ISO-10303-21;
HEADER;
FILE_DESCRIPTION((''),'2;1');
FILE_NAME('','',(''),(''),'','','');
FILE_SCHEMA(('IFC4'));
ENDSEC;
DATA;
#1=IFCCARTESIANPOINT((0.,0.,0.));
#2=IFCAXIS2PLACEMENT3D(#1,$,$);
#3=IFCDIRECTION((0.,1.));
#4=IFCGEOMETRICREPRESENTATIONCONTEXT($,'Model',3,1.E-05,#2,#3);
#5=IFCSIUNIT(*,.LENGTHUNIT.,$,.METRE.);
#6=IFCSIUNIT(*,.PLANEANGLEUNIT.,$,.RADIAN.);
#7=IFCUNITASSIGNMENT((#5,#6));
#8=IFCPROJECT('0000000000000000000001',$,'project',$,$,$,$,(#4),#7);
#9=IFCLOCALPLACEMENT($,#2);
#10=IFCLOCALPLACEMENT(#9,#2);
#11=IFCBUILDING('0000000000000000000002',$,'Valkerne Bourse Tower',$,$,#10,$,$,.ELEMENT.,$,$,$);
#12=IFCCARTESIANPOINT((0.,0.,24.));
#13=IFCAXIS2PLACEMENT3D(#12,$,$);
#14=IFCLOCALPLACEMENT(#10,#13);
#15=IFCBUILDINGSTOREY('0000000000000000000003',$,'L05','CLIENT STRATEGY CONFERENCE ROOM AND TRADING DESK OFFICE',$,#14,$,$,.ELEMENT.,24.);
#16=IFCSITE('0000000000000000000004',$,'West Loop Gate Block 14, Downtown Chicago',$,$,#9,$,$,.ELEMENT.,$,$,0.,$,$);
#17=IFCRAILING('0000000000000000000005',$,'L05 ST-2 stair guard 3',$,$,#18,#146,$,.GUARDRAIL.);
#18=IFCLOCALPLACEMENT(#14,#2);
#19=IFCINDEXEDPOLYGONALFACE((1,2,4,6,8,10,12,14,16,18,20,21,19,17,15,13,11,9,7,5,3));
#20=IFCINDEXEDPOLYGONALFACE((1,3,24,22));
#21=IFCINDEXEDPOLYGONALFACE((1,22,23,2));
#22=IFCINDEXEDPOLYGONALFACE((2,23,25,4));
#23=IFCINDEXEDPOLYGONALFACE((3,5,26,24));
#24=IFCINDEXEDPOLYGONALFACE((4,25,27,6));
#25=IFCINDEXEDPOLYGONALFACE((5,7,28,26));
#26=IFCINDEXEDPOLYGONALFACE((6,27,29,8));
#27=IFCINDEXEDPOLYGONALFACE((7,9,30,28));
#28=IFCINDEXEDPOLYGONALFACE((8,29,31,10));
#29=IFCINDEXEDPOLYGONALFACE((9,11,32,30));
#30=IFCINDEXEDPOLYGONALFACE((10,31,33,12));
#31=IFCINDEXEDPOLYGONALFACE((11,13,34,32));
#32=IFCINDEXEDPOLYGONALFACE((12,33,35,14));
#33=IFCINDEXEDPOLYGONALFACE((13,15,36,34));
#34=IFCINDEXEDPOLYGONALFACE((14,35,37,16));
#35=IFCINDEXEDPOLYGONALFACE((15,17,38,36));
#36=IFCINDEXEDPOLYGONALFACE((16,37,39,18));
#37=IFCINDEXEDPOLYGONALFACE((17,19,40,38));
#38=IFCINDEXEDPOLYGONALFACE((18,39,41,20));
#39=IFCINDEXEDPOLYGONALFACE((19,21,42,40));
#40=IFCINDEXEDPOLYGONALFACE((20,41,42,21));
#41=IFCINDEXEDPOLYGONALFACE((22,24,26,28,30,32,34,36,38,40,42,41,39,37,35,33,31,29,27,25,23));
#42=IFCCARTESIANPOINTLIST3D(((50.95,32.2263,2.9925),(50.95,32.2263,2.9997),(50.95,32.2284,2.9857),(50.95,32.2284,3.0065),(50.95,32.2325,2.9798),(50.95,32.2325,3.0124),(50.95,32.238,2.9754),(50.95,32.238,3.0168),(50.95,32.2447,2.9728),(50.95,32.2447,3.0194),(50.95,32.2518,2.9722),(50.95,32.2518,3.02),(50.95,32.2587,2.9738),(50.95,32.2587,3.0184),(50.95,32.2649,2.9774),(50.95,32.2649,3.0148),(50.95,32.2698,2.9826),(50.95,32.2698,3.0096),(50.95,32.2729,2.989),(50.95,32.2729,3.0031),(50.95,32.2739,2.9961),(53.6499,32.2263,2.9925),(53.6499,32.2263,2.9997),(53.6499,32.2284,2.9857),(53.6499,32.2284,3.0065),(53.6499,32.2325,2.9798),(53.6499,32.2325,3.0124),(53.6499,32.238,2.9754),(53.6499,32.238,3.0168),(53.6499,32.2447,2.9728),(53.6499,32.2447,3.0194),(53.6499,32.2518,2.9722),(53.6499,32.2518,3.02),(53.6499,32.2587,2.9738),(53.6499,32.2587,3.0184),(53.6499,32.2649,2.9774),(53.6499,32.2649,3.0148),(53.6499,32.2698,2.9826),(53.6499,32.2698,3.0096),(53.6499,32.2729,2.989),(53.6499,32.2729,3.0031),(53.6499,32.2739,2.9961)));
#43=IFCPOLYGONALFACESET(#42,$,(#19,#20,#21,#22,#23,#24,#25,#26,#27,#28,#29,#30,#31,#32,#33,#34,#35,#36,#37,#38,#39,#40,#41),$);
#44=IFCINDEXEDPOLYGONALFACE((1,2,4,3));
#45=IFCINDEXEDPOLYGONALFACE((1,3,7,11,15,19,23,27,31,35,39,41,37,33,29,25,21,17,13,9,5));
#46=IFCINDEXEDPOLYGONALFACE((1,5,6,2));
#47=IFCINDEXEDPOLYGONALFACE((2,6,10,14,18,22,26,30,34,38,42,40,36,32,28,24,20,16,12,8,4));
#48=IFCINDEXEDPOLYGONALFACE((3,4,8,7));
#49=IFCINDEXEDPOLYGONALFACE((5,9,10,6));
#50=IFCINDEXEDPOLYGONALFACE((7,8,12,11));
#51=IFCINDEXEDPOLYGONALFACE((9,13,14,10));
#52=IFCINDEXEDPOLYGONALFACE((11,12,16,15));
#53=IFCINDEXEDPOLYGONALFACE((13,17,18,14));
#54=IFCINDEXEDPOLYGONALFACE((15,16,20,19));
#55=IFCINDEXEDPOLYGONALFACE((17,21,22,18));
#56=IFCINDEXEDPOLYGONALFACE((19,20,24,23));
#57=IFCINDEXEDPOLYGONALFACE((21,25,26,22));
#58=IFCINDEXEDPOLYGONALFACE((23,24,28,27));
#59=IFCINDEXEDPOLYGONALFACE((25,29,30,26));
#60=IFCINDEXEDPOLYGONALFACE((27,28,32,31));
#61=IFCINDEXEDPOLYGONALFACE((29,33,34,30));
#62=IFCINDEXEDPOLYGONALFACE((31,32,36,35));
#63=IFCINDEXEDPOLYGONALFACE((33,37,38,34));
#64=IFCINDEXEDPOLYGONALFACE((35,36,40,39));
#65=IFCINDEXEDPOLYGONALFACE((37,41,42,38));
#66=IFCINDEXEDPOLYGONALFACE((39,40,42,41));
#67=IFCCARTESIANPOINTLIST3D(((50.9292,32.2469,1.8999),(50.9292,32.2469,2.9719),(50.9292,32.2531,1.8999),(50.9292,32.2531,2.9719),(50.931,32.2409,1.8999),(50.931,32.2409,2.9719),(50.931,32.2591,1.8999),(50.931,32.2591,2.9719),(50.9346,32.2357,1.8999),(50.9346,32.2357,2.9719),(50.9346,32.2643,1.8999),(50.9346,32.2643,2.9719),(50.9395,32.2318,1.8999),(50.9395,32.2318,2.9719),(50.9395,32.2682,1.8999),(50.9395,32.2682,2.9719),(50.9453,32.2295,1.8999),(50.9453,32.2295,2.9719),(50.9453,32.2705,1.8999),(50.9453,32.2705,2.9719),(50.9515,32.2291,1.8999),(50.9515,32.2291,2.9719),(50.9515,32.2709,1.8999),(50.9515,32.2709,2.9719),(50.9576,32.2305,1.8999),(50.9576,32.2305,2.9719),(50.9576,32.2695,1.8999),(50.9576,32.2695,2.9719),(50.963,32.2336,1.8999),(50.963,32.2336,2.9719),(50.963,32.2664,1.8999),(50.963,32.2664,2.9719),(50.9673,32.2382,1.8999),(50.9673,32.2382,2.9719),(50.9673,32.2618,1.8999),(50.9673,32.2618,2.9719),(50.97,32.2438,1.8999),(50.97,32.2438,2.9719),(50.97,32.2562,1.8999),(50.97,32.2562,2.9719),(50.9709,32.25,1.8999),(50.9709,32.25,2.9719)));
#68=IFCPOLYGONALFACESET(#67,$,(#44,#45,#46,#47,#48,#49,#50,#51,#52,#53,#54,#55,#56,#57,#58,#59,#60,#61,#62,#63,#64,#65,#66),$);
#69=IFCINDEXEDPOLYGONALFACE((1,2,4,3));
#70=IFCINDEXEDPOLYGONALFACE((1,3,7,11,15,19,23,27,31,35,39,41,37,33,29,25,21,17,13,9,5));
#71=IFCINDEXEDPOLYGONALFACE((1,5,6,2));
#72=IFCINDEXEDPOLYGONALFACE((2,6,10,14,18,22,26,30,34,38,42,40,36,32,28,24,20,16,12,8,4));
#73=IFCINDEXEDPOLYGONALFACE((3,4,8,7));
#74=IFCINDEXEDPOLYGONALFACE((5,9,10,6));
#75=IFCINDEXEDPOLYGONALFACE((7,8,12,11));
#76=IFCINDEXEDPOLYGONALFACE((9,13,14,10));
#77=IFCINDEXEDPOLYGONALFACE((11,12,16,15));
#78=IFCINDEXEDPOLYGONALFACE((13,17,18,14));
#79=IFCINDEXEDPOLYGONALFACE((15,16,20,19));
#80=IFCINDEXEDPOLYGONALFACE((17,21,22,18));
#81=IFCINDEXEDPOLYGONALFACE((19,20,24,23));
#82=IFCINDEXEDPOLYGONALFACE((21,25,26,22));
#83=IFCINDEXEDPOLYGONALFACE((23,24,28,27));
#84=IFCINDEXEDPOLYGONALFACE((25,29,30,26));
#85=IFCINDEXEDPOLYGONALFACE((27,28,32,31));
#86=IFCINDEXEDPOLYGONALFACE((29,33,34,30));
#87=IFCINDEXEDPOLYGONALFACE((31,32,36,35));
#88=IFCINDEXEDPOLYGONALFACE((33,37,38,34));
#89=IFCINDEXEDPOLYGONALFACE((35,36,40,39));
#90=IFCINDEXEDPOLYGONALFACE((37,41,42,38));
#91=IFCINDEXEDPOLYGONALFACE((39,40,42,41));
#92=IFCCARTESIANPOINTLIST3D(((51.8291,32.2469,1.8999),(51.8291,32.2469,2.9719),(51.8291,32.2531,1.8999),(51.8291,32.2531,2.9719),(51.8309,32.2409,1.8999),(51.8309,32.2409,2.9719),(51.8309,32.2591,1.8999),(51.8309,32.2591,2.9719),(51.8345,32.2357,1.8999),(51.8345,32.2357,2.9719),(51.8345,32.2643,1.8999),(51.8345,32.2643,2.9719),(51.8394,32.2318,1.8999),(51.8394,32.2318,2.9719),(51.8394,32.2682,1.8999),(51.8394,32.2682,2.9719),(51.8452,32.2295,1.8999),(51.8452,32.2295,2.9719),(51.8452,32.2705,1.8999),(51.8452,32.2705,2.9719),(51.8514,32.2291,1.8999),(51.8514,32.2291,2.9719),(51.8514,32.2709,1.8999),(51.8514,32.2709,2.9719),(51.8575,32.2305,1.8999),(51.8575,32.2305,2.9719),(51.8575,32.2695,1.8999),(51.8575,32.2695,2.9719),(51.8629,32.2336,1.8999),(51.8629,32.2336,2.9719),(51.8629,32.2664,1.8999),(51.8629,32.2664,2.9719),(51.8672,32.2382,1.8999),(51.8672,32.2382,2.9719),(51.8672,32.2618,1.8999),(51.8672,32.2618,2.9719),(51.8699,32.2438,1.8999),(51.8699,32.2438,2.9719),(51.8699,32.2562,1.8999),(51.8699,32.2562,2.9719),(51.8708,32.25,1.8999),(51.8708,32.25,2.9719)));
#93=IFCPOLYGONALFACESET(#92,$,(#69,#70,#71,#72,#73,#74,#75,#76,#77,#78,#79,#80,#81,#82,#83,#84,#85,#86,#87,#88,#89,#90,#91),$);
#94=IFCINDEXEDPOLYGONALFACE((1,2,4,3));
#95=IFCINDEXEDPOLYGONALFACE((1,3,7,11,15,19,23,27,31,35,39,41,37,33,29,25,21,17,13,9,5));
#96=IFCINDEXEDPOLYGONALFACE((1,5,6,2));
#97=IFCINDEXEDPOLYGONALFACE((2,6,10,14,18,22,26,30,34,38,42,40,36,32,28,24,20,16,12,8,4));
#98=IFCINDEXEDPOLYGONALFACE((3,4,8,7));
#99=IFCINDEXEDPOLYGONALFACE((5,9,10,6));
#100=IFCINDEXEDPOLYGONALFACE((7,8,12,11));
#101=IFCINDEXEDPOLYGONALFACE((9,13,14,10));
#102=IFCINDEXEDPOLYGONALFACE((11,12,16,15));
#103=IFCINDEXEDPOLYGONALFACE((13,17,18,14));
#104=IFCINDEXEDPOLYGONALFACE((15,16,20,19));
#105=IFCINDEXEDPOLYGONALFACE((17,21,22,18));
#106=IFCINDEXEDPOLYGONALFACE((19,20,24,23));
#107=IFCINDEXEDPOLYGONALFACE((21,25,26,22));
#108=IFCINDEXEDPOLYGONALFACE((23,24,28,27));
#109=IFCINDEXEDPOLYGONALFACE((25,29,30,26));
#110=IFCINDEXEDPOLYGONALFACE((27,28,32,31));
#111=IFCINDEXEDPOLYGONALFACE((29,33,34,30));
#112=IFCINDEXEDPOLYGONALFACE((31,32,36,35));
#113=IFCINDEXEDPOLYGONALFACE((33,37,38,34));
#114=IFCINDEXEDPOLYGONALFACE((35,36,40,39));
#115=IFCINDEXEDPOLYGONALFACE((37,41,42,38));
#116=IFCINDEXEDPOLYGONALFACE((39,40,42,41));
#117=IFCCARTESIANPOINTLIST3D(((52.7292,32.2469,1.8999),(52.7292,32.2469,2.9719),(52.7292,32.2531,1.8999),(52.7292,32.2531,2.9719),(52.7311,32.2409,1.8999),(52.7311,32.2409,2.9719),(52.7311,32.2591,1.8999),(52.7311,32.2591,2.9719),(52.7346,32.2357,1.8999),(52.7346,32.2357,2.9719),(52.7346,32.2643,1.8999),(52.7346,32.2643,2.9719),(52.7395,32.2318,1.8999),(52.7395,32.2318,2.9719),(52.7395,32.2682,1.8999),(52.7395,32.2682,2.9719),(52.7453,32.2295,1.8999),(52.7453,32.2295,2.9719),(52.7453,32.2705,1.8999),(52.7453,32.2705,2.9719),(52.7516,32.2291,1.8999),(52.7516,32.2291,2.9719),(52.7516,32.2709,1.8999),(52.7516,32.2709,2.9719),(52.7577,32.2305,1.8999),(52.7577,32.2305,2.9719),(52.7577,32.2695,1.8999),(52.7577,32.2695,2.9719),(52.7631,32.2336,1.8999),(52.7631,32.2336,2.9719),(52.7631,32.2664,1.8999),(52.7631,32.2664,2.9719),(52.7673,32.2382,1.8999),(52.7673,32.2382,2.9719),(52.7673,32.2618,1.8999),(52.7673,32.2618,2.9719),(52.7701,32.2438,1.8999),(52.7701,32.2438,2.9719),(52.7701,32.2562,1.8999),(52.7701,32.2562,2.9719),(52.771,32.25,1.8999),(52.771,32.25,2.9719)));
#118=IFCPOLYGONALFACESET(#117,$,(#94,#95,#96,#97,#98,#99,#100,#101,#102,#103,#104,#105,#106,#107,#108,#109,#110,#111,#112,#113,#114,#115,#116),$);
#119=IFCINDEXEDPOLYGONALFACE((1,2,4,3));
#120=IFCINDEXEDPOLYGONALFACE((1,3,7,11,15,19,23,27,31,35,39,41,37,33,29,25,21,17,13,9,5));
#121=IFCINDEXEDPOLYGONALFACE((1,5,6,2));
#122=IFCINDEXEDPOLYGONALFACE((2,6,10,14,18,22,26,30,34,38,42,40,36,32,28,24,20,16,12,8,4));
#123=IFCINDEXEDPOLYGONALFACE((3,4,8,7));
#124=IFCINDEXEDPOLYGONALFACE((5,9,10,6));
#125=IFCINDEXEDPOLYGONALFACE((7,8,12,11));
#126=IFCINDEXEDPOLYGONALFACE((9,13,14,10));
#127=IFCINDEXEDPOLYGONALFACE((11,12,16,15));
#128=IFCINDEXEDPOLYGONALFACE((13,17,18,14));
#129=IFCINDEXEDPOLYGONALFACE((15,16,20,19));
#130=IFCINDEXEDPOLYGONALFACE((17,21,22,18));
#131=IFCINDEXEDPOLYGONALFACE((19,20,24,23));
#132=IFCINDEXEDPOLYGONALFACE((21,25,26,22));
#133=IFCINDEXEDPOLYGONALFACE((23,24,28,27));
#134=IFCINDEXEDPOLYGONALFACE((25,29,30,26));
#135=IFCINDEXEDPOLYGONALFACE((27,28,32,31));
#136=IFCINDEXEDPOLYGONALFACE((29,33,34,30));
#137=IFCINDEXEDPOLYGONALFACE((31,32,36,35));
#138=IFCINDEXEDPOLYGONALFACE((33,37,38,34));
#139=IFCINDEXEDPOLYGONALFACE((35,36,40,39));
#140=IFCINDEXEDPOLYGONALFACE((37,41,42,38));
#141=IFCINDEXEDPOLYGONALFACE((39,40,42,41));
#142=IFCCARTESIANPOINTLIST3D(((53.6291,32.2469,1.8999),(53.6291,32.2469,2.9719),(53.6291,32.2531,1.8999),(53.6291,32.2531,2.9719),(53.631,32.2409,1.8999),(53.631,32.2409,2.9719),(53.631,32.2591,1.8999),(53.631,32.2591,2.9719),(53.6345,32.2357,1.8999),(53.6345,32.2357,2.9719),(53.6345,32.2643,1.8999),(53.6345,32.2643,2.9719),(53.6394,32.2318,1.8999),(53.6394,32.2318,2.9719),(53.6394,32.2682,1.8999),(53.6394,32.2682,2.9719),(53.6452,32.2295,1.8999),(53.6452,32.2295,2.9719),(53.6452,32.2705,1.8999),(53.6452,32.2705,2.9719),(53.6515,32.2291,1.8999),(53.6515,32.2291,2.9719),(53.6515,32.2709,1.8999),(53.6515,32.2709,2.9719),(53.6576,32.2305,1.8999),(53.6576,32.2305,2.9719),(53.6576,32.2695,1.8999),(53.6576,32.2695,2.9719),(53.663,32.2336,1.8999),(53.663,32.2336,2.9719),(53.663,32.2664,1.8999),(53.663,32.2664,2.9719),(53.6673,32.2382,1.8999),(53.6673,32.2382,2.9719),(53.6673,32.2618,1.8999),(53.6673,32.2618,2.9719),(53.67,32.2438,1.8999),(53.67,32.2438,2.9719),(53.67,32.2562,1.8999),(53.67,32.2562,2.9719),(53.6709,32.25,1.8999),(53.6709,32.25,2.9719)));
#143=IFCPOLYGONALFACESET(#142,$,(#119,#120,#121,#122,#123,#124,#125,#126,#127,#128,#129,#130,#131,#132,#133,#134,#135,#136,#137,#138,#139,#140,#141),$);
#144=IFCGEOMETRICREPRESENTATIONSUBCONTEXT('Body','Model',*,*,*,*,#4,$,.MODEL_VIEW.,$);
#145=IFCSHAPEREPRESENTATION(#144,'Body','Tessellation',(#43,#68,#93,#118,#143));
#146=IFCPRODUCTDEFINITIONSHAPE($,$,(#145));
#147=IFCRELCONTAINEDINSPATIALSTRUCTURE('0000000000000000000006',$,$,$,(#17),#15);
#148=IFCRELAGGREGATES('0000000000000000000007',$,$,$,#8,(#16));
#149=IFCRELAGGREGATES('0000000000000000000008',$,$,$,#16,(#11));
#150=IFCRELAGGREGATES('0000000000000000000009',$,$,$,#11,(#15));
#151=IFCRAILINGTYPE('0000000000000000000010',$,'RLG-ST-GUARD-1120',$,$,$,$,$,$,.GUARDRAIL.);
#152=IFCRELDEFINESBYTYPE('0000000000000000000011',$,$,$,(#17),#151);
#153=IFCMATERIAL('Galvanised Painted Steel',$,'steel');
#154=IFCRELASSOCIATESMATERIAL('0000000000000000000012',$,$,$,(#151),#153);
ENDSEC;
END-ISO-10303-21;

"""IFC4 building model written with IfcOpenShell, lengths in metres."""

from ifc_helpers import new_model, si_unit, direction, frame, origin, origin_2d, place, context, subcontext, project, spatial, circle, extrude, material, type_object, element, save


model = new_model("IFC4")

# Units and contexts
model_context = context("Model", 3, precision=1e-05, world=origin(), true_north=direction((0.0, 1.0)))
body_context = subcontext(model_context, "Body", "Model", "MODEL_VIEW")
ifc_project = project(units=[si_unit("LENGTHUNIT", "METRE"), si_unit("PLANEANGLEUNIT", "RADIAN")], contexts=[model_context])

# Site, building, storey
site_placement = place(None, origin())
site = spatial("IfcSite", under=ifc_project, at=site_placement, Name="West Loop Gate Block 14, Downtown Chicago", CompositionType="ELEMENT", RefElevation=0.0)
building_placement = place(site_placement, origin())
building = spatial("IfcBuilding", under=site, at=building_placement, Name="Valkerne Bourse Tower", CompositionType="ELEMENT")
storey_placement = place(building_placement, frame((0.0, 0.0, 24.0)))
storey = spatial("IfcBuildingStorey", under=building, at=storey_placement, Name="L05", Description="CLIENT STRATEGY CONFERENCE ROOM AND TRADING DESK OFFICE", CompositionType="ELEMENT", Elevation=24.0)

# Shared definitions
ifc_material_1 = material(Name="Galvanised Painted Steel", Category="steel")

# Railing
railing_type_1 = type_object("IfcRailingType", Name="RLG-ST-GUARD-1120", PredefinedType="GUARDRAIL", material=ifc_material_1)
for number, where, name in (
    (1, (50.95, 32.25, 1.8999), "L05 ST-2 stair guard 3"),
):
    element("IfcRailing", number, at=place(storey_placement, frame(where)), inside=storey, type_object=railing_type_1, Name=name, PredefinedType="GUARDRAIL", context=body_context, shape_type="SweptSolid", body=[
        extrude(circle(Radius=0.0239, at=origin_2d()), frame((0.0, 0.0, 1.0962), z_axis=(1.0, 0.0, 0.0), x_axis=(0.0, 1.0, 0.0)), (0.0, 0.0, 1.0), 2.7),
        extrude(circle(Radius=0.021, at=origin_2d()), origin(), (0.0, 0.0, 1.0), 1.072),
        extrude(circle(Radius=0.021, at=origin_2d()), frame((0.8999, 0.0, 0.0)), (0.0, 0.0, 1.0), 1.072),
        extrude(circle(Radius=0.021, at=origin_2d()), frame((1.8, 0.0, 0.0)), (0.0, 0.0, 1.0), 1.072),
        extrude(circle(Radius=0.021, at=origin_2d()), frame((2.7, 0.0, 0.0)), (0.0, 0.0, 1.0), 1.072),
    ])

save(model, "model.ifc")
